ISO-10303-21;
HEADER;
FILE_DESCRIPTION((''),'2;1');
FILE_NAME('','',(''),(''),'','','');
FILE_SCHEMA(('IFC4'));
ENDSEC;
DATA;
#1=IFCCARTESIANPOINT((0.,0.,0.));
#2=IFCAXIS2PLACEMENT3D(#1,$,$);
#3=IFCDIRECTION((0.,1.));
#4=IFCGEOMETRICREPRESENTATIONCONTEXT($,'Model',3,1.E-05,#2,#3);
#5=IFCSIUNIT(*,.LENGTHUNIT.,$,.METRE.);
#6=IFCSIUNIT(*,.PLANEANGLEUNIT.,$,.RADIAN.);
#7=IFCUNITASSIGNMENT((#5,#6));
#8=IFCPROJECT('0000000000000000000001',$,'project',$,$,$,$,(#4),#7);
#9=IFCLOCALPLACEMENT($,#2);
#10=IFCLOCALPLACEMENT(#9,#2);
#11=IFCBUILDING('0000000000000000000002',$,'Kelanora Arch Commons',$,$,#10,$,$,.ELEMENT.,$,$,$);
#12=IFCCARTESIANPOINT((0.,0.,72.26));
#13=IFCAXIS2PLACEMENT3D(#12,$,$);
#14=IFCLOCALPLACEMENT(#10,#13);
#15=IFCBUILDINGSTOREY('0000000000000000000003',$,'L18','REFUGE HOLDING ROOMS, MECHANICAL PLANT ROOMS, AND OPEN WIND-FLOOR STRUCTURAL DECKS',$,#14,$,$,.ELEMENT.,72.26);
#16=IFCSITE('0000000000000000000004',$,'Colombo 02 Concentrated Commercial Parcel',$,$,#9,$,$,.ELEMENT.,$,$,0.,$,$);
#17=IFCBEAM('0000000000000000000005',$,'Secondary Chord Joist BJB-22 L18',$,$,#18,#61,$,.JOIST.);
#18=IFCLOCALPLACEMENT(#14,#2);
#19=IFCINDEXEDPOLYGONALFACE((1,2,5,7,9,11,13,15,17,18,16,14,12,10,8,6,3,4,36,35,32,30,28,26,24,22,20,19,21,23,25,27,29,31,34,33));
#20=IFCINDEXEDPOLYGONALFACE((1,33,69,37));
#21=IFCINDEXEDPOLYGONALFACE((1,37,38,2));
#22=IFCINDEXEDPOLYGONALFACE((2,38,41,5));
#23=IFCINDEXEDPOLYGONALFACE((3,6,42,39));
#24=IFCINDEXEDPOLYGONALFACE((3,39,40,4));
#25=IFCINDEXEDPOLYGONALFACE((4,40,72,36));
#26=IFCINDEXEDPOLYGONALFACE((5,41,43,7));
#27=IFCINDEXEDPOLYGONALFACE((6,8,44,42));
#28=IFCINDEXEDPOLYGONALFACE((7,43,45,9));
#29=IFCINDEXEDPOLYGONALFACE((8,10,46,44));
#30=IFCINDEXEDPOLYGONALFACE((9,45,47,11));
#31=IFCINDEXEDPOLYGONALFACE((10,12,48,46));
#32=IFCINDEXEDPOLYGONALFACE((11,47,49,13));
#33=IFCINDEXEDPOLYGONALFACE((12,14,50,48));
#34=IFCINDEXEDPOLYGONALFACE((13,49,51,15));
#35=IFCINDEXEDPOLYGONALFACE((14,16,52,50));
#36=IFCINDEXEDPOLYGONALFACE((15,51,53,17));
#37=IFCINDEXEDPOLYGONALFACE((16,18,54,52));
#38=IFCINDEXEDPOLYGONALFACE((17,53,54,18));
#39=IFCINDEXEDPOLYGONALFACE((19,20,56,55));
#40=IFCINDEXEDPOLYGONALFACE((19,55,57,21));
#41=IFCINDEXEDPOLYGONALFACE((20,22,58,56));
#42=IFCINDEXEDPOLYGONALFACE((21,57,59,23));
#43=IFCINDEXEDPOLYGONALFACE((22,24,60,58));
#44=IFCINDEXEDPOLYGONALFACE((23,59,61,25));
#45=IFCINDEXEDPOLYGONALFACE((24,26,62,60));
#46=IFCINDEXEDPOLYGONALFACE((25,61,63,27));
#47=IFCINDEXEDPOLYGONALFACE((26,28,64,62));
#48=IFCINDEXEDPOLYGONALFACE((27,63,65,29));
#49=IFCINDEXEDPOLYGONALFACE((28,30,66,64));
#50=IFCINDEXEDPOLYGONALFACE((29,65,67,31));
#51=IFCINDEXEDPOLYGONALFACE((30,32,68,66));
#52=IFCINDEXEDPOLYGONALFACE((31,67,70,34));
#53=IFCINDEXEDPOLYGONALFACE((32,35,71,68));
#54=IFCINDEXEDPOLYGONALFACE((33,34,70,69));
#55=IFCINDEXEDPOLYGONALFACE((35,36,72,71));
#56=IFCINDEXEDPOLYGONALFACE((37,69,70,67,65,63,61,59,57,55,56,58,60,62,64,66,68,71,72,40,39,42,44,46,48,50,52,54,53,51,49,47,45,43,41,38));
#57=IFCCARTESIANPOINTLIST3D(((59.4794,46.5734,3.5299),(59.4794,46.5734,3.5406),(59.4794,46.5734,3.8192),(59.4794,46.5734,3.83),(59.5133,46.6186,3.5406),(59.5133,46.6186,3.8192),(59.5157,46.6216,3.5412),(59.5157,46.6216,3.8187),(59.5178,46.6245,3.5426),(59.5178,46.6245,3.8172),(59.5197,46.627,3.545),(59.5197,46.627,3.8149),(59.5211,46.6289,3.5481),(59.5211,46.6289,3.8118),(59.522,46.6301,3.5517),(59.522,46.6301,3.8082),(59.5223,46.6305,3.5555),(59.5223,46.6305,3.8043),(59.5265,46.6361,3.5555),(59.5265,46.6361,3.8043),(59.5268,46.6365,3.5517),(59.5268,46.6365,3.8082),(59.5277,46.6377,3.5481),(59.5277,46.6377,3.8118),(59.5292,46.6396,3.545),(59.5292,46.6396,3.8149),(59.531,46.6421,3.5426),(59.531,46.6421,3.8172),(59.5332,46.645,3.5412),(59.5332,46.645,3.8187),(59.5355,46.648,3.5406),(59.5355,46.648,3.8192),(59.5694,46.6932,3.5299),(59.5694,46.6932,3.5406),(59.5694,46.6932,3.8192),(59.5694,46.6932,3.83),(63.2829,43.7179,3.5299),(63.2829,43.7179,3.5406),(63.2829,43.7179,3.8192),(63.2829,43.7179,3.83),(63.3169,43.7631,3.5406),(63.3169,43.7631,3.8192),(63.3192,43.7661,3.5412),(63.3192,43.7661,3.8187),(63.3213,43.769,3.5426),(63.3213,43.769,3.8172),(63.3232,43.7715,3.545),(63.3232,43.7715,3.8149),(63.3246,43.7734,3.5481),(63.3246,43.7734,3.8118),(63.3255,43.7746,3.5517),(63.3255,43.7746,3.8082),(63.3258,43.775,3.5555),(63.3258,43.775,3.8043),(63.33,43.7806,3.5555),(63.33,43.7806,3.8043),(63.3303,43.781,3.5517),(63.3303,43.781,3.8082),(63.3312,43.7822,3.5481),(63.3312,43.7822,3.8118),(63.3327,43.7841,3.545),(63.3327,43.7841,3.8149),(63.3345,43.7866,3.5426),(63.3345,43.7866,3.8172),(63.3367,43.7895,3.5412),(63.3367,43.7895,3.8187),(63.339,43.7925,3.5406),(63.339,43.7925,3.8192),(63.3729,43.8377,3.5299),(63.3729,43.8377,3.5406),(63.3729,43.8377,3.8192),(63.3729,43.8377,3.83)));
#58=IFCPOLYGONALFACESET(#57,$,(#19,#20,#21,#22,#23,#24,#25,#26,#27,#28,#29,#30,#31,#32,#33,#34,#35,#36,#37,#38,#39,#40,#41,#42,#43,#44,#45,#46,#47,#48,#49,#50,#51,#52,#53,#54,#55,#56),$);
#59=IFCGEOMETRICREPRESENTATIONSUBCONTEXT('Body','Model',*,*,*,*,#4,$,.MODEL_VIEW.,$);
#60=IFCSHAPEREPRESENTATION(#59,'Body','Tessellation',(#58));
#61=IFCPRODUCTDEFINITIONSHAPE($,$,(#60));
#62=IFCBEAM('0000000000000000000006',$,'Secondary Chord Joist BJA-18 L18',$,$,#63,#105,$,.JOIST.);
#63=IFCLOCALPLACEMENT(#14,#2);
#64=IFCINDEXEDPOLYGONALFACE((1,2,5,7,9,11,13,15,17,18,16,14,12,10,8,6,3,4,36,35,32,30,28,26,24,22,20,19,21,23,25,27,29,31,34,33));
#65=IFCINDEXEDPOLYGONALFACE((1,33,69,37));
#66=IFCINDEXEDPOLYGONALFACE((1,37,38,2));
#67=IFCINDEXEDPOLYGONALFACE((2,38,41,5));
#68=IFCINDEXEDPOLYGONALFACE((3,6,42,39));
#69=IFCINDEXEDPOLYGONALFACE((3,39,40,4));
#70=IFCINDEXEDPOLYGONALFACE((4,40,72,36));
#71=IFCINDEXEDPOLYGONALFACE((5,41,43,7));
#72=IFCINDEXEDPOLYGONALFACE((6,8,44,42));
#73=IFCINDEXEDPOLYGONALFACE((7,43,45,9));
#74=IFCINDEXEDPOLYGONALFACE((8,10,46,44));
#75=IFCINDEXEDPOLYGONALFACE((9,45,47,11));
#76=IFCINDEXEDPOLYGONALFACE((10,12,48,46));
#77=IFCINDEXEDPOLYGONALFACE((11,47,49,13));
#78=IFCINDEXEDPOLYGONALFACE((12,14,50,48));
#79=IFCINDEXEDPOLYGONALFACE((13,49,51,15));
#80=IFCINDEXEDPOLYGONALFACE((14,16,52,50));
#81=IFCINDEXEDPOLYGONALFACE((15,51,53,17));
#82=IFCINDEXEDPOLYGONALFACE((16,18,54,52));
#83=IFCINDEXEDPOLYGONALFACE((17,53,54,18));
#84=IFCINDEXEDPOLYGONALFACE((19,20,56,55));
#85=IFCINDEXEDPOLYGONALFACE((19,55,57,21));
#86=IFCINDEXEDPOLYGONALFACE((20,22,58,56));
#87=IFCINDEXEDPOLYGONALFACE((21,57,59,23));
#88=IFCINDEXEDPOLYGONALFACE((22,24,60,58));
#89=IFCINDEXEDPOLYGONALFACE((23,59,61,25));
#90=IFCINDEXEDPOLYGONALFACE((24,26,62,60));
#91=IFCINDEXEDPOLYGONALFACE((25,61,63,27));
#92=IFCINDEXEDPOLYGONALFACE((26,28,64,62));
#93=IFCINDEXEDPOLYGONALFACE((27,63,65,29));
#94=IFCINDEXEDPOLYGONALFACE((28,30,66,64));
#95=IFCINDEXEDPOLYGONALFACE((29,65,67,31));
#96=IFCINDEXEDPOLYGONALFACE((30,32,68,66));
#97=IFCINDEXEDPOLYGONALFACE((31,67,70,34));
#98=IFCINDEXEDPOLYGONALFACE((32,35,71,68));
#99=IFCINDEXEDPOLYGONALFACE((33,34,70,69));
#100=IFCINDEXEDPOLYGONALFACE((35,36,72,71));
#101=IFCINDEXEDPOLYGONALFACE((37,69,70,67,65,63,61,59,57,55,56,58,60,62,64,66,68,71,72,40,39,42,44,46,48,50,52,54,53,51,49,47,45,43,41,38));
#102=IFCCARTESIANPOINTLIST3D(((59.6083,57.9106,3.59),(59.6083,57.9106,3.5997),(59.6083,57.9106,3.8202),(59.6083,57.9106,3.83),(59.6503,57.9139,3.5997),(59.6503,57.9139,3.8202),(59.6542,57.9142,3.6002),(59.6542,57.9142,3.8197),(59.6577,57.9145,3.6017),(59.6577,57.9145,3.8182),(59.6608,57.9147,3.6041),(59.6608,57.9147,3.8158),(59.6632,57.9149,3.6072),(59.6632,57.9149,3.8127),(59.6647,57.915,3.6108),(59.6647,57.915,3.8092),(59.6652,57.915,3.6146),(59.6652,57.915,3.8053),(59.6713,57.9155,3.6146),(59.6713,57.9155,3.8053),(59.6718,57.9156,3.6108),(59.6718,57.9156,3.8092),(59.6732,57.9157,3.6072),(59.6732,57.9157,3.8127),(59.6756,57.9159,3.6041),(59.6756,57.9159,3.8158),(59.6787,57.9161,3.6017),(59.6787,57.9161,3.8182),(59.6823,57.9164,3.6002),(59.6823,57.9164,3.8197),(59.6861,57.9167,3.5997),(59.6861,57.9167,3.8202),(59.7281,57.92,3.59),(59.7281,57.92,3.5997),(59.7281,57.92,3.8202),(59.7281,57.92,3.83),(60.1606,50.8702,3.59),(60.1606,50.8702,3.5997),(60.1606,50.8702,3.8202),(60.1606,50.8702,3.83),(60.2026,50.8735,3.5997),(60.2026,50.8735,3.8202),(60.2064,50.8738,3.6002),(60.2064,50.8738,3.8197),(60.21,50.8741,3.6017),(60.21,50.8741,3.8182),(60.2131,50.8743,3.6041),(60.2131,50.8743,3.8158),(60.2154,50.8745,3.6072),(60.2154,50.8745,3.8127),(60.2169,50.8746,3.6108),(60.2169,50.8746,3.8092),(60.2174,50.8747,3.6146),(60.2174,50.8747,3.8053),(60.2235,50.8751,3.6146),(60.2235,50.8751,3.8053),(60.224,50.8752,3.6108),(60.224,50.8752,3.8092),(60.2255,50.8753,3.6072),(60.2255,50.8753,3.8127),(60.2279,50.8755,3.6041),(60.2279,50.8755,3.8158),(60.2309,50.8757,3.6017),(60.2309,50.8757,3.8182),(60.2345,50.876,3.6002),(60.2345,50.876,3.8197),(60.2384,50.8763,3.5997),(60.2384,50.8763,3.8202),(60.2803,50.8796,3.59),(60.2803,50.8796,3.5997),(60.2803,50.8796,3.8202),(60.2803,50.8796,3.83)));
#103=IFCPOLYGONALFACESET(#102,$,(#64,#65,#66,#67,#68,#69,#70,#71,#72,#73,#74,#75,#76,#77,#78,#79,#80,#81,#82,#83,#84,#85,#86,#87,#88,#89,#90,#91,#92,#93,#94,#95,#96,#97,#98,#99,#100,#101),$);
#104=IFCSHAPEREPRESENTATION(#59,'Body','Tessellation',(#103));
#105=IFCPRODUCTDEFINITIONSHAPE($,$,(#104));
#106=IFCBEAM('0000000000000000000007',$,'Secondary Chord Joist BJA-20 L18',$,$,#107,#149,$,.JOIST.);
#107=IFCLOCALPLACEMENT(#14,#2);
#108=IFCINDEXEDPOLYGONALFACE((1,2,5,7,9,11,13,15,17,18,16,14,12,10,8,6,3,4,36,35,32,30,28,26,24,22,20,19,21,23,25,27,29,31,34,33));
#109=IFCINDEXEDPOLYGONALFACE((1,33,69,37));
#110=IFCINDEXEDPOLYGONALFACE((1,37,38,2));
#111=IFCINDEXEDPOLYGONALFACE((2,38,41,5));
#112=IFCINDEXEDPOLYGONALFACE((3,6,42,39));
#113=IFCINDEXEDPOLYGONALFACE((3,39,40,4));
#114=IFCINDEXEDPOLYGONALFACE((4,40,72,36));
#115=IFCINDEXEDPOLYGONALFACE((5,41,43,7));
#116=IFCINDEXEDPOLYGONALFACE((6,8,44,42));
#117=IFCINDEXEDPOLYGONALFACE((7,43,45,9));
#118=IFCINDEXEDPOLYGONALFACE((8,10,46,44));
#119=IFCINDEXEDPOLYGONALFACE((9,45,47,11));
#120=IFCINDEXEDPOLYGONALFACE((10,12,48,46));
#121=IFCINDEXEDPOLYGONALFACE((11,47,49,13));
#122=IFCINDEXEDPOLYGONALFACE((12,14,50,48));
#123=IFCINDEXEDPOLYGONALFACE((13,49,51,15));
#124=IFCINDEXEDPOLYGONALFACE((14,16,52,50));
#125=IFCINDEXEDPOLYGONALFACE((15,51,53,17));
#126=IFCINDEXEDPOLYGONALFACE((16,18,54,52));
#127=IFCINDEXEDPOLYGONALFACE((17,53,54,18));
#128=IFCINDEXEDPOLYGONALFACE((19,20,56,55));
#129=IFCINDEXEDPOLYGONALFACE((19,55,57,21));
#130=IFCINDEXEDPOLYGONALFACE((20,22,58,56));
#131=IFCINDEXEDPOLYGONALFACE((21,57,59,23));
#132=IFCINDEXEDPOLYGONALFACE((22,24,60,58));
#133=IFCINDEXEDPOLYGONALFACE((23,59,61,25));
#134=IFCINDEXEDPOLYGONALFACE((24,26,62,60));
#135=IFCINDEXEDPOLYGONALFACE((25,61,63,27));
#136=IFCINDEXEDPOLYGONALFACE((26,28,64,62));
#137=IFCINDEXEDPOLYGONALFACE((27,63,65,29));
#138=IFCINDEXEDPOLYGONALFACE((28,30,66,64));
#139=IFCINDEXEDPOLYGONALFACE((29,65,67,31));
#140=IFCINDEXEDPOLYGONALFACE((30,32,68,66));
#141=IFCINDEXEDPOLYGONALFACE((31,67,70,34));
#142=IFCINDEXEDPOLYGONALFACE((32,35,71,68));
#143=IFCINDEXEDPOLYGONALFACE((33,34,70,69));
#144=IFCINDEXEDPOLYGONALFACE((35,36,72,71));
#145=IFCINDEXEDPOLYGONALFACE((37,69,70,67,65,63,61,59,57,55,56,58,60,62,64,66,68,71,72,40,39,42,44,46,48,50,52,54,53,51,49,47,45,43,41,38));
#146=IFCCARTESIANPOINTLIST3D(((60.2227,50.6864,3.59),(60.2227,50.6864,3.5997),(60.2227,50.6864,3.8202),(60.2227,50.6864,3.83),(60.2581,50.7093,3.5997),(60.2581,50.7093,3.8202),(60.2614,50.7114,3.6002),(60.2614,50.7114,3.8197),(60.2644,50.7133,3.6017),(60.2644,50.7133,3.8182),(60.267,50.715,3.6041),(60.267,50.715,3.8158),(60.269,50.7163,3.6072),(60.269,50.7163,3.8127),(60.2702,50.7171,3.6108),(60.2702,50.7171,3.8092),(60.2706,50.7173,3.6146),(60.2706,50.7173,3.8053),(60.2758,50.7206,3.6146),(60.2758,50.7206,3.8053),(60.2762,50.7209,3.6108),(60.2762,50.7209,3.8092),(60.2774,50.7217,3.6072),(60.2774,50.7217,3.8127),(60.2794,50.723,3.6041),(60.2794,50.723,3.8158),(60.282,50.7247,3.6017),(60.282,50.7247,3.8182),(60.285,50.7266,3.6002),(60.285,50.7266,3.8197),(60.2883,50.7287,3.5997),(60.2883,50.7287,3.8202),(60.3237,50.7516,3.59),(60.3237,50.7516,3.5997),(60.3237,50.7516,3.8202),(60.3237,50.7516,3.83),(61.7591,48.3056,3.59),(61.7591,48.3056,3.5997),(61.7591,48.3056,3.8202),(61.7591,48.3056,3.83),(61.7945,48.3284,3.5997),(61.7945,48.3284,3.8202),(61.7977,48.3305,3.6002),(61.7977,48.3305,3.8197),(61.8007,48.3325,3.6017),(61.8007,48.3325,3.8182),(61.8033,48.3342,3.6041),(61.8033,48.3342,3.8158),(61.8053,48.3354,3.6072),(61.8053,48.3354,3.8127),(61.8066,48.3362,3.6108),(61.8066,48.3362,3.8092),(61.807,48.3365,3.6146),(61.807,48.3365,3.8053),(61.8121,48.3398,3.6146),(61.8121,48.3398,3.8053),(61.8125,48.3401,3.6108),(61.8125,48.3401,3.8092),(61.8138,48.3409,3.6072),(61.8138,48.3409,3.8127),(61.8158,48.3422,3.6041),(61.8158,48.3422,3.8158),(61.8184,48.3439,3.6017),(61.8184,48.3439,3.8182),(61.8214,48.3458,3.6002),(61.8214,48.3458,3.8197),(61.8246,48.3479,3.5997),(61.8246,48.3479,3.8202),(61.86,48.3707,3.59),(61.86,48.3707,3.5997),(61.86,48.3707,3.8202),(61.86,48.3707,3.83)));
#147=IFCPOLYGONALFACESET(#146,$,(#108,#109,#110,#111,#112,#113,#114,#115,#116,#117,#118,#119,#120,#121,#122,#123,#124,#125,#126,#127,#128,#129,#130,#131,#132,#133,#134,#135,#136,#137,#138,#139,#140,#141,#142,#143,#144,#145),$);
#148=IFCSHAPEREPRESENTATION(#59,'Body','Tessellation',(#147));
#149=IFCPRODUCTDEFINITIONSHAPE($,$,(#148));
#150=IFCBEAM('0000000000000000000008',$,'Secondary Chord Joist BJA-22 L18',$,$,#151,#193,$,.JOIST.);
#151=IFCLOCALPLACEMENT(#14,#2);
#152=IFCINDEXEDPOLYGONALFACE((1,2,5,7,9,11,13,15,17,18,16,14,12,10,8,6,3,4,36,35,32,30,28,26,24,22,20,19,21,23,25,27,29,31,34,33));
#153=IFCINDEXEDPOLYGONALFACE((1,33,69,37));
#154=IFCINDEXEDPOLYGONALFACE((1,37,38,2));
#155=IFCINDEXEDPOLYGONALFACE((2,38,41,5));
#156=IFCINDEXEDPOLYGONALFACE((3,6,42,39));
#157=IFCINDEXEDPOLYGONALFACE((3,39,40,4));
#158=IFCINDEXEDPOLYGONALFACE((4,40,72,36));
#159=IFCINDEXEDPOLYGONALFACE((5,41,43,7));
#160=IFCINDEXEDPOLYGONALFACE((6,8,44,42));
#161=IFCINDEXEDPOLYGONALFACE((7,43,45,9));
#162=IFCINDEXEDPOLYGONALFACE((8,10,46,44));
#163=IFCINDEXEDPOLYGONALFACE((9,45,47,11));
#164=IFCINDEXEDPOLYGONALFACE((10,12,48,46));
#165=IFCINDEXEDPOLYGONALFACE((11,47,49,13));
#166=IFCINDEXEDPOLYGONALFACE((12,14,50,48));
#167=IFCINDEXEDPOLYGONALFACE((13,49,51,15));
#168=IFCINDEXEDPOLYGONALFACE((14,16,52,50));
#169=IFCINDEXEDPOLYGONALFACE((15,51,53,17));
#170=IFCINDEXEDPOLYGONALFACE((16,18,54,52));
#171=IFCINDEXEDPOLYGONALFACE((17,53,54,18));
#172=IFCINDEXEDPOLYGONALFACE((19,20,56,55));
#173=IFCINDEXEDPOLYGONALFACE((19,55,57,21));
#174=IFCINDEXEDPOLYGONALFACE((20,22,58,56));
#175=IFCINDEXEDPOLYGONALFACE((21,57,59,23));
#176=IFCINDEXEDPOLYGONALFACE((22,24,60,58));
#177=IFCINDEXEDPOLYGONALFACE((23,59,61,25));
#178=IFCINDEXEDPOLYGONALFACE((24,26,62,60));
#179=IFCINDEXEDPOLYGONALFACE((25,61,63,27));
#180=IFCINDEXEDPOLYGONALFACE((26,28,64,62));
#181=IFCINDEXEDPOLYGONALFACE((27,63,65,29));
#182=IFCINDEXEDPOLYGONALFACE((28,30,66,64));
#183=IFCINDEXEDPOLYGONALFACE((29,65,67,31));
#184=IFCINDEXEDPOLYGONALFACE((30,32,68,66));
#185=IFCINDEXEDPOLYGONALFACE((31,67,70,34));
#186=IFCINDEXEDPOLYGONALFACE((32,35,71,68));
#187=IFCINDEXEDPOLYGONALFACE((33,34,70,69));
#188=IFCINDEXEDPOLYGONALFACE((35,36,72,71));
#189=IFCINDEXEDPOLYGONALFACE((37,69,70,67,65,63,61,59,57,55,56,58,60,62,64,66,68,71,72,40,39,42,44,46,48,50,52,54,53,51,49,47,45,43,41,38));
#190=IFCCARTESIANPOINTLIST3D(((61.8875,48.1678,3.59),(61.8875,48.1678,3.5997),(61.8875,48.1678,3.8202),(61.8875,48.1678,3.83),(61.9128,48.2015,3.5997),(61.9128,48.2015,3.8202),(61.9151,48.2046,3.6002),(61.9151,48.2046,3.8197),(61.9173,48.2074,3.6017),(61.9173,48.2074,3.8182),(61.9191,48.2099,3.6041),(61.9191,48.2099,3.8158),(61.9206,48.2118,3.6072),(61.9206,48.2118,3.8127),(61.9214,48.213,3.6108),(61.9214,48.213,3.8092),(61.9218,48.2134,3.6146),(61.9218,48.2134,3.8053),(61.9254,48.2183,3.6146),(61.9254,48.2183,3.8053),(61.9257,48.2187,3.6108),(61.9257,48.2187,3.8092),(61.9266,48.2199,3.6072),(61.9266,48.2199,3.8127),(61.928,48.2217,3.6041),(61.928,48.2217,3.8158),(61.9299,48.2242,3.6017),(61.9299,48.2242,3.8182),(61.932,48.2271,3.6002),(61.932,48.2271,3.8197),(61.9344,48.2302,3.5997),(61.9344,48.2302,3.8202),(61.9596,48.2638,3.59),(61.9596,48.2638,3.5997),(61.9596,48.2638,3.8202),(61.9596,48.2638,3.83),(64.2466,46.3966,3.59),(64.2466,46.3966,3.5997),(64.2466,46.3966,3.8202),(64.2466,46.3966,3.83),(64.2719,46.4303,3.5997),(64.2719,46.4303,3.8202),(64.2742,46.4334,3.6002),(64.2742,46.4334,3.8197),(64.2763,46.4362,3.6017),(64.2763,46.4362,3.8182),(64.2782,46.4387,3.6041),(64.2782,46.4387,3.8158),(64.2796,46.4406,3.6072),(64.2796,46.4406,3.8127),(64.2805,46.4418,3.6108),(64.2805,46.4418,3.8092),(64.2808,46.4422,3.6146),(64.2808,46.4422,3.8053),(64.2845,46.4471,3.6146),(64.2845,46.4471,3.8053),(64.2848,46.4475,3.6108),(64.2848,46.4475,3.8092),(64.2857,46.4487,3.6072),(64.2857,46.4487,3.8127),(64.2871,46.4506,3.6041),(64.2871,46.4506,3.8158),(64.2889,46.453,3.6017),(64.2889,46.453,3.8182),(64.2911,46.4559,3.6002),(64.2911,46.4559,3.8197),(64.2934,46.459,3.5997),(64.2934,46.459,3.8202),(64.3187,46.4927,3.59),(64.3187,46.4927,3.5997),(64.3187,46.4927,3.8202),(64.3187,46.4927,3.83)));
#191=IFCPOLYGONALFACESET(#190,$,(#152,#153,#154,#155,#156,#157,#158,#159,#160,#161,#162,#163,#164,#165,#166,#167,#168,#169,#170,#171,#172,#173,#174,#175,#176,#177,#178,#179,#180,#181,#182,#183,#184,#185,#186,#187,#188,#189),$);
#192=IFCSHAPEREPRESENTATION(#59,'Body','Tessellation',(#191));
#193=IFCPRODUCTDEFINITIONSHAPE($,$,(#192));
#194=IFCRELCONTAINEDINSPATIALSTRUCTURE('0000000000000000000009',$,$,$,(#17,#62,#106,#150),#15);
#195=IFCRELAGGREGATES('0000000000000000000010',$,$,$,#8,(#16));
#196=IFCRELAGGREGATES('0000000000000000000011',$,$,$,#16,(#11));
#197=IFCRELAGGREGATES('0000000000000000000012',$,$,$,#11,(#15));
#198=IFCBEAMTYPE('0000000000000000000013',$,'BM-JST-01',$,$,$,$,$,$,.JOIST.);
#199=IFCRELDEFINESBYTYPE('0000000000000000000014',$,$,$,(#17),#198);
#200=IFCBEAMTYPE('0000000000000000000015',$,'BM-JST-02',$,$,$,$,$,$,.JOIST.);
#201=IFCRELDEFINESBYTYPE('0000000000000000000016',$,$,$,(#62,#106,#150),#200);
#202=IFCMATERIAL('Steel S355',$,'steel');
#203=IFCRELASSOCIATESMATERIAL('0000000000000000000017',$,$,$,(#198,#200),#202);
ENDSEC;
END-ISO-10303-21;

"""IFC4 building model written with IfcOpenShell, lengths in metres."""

from ifc_helpers import new_model, si_unit, direction, frame, origin, origin_2d, place, context, subcontext, project, spatial, i_section, extrude, material, material_profile, profile_set, type_object, element, save


model = new_model("IFC4")

# Units and contexts
model_context = context("Model", 3, precision=1e-05, world=origin(), true_north=direction((0.0, 1.0)))
body_context = subcontext(model_context, "Body", "Model", "MODEL_VIEW")
ifc_project = project(units=[si_unit("LENGTHUNIT", "METRE"), si_unit("PLANEANGLEUNIT", "RADIAN")], contexts=[model_context])

# Site, building, storey
site_placement = place(None, origin())
site = spatial("IfcSite", under=ifc_project, at=site_placement, Name="Colombo 02 Concentrated Commercial Parcel", CompositionType="ELEMENT", RefElevation=0.0)
building_placement = place(site_placement, origin())
building = spatial("IfcBuilding", under=site, at=building_placement, Name="Kelanora Arch Commons", CompositionType="ELEMENT")
storey_placement = place(building_placement, frame((0.0, 0.0, 72.26)))
storey = spatial("IfcBuildingStorey", under=building, at=storey_placement, Name="L18", Description="REFUGE HOLDING ROOMS, MECHANICAL PLANT ROOMS, AND OPEN WIND-FLOOR STRUCTURAL DECKS", CompositionType="ELEMENT", Elevation=72.26)

# Beams
ifc_material_1 = material(Name="Steel S355", Category="steel")
ifc_material_profile_1 = material_profile(ifc_material_1, i_section(OverallWidth=0.1499, OverallDepth=0.3, WebThickness=0.0071, FlangeThickness=0.0107, FilletRadius=0.0149, at=origin_2d()), Name="IPE300")
ifc_profile_set_1 = profile_set([ifc_material_profile_1], Name="Steel S355")
beam_type_1 = type_object("IfcBeamType", Name="BM-JST-01", PredefinedType="JOIST", material=ifc_profile_set_1)
beam_1_placement = place(storey_placement, frame((59.5244, 46.6333, 3.6799), z_axis=(0.79971, -0.600386, 0.0), x_axis=(0.600386, 0.79971, 0.0)))
element("IfcBeam", 1, at=beam_1_placement, inside=storey, type_object=beam_type_1, Name="Secondary Chord Joist BJB-22 L18", PredefinedType="JOIST", context=body_context, shape_type="SweptSolid", body=[
    extrude(i_section(OverallWidth=0.1499, OverallDepth=0.3, WebThickness=0.0071, FlangeThickness=0.0107, FilletRadius=0.0149, at=origin_2d()), origin(), (0.0, 0.0, 1.0), 4.7561),
])
ifc_material_profile_2 = material_profile(ifc_material_1, i_section(OverallWidth=0.1201, OverallDepth=0.24, WebThickness=0.0061, FlangeThickness=0.0098, FilletRadius=0.0149, at=origin_2d()), Name="IPE240")
ifc_profile_set_2 = profile_set([ifc_material_profile_2], Name="Steel S355")
beam_type_2 = type_object("IfcBeamType", Name="BM-JST-02", PredefinedType="JOIST", material=ifc_profile_set_2)
beam_2_placement = place(storey_placement, frame((59.6682, 57.9153, 3.71), z_axis=(0.078201, -0.996938, 0.0), x_axis=(0.996938, 0.078201, 0.0)))
element("IfcBeam", 2, at=beam_2_placement, inside=storey, type_object=beam_type_2, Name="Secondary Chord Joist BJA-18 L18", PredefinedType="JOIST", context=body_context, shape_type="SweptSolid", body=[
    extrude(i_section(OverallWidth=0.1201, OverallDepth=0.24, WebThickness=0.0061, FlangeThickness=0.0098, FilletRadius=0.0149, at=origin_2d()), origin(), (0.0, 0.0, 1.0), 7.062),
])
beam_3_placement = place(storey_placement, frame((60.2732, 50.719, 3.71), z_axis=(0.542211, -0.840242, 0.0), x_axis=(0.840242, 0.542211, 0.0)))
element("IfcBeam", 3, at=beam_3_placement, inside=storey, type_object=beam_type_2, Name="Secondary Chord Joist BJA-20 L18", PredefinedType="JOIST", context=body_context, shape_type="SweptSolid", body=[
    extrude(i_section(OverallWidth=0.1201, OverallDepth=0.24, WebThickness=0.0061, FlangeThickness=0.0098, FilletRadius=0.0149, at=origin_2d()), origin(), (0.0, 0.0, 1.0), 2.8335),
])
beam_4_placement = place(storey_placement, frame((61.9236, 48.2158, 3.71), z_axis=(0.799692, -0.60041, 0.0), x_axis=(0.60041, 0.799692, 0.0)))
element("IfcBeam", 4, at=beam_4_placement, inside=storey, type_object=beam_type_2, Name="Secondary Chord Joist BJA-22 L18", PredefinedType="JOIST", context=body_context, shape_type="SweptSolid", body=[
    extrude(i_section(OverallWidth=0.1201, OverallDepth=0.24, WebThickness=0.0061, FlangeThickness=0.0098, FilletRadius=0.0149, at=origin_2d()), origin(), (0.0, 0.0, 1.0), 2.95),
])

save(model, "model.ifc")
